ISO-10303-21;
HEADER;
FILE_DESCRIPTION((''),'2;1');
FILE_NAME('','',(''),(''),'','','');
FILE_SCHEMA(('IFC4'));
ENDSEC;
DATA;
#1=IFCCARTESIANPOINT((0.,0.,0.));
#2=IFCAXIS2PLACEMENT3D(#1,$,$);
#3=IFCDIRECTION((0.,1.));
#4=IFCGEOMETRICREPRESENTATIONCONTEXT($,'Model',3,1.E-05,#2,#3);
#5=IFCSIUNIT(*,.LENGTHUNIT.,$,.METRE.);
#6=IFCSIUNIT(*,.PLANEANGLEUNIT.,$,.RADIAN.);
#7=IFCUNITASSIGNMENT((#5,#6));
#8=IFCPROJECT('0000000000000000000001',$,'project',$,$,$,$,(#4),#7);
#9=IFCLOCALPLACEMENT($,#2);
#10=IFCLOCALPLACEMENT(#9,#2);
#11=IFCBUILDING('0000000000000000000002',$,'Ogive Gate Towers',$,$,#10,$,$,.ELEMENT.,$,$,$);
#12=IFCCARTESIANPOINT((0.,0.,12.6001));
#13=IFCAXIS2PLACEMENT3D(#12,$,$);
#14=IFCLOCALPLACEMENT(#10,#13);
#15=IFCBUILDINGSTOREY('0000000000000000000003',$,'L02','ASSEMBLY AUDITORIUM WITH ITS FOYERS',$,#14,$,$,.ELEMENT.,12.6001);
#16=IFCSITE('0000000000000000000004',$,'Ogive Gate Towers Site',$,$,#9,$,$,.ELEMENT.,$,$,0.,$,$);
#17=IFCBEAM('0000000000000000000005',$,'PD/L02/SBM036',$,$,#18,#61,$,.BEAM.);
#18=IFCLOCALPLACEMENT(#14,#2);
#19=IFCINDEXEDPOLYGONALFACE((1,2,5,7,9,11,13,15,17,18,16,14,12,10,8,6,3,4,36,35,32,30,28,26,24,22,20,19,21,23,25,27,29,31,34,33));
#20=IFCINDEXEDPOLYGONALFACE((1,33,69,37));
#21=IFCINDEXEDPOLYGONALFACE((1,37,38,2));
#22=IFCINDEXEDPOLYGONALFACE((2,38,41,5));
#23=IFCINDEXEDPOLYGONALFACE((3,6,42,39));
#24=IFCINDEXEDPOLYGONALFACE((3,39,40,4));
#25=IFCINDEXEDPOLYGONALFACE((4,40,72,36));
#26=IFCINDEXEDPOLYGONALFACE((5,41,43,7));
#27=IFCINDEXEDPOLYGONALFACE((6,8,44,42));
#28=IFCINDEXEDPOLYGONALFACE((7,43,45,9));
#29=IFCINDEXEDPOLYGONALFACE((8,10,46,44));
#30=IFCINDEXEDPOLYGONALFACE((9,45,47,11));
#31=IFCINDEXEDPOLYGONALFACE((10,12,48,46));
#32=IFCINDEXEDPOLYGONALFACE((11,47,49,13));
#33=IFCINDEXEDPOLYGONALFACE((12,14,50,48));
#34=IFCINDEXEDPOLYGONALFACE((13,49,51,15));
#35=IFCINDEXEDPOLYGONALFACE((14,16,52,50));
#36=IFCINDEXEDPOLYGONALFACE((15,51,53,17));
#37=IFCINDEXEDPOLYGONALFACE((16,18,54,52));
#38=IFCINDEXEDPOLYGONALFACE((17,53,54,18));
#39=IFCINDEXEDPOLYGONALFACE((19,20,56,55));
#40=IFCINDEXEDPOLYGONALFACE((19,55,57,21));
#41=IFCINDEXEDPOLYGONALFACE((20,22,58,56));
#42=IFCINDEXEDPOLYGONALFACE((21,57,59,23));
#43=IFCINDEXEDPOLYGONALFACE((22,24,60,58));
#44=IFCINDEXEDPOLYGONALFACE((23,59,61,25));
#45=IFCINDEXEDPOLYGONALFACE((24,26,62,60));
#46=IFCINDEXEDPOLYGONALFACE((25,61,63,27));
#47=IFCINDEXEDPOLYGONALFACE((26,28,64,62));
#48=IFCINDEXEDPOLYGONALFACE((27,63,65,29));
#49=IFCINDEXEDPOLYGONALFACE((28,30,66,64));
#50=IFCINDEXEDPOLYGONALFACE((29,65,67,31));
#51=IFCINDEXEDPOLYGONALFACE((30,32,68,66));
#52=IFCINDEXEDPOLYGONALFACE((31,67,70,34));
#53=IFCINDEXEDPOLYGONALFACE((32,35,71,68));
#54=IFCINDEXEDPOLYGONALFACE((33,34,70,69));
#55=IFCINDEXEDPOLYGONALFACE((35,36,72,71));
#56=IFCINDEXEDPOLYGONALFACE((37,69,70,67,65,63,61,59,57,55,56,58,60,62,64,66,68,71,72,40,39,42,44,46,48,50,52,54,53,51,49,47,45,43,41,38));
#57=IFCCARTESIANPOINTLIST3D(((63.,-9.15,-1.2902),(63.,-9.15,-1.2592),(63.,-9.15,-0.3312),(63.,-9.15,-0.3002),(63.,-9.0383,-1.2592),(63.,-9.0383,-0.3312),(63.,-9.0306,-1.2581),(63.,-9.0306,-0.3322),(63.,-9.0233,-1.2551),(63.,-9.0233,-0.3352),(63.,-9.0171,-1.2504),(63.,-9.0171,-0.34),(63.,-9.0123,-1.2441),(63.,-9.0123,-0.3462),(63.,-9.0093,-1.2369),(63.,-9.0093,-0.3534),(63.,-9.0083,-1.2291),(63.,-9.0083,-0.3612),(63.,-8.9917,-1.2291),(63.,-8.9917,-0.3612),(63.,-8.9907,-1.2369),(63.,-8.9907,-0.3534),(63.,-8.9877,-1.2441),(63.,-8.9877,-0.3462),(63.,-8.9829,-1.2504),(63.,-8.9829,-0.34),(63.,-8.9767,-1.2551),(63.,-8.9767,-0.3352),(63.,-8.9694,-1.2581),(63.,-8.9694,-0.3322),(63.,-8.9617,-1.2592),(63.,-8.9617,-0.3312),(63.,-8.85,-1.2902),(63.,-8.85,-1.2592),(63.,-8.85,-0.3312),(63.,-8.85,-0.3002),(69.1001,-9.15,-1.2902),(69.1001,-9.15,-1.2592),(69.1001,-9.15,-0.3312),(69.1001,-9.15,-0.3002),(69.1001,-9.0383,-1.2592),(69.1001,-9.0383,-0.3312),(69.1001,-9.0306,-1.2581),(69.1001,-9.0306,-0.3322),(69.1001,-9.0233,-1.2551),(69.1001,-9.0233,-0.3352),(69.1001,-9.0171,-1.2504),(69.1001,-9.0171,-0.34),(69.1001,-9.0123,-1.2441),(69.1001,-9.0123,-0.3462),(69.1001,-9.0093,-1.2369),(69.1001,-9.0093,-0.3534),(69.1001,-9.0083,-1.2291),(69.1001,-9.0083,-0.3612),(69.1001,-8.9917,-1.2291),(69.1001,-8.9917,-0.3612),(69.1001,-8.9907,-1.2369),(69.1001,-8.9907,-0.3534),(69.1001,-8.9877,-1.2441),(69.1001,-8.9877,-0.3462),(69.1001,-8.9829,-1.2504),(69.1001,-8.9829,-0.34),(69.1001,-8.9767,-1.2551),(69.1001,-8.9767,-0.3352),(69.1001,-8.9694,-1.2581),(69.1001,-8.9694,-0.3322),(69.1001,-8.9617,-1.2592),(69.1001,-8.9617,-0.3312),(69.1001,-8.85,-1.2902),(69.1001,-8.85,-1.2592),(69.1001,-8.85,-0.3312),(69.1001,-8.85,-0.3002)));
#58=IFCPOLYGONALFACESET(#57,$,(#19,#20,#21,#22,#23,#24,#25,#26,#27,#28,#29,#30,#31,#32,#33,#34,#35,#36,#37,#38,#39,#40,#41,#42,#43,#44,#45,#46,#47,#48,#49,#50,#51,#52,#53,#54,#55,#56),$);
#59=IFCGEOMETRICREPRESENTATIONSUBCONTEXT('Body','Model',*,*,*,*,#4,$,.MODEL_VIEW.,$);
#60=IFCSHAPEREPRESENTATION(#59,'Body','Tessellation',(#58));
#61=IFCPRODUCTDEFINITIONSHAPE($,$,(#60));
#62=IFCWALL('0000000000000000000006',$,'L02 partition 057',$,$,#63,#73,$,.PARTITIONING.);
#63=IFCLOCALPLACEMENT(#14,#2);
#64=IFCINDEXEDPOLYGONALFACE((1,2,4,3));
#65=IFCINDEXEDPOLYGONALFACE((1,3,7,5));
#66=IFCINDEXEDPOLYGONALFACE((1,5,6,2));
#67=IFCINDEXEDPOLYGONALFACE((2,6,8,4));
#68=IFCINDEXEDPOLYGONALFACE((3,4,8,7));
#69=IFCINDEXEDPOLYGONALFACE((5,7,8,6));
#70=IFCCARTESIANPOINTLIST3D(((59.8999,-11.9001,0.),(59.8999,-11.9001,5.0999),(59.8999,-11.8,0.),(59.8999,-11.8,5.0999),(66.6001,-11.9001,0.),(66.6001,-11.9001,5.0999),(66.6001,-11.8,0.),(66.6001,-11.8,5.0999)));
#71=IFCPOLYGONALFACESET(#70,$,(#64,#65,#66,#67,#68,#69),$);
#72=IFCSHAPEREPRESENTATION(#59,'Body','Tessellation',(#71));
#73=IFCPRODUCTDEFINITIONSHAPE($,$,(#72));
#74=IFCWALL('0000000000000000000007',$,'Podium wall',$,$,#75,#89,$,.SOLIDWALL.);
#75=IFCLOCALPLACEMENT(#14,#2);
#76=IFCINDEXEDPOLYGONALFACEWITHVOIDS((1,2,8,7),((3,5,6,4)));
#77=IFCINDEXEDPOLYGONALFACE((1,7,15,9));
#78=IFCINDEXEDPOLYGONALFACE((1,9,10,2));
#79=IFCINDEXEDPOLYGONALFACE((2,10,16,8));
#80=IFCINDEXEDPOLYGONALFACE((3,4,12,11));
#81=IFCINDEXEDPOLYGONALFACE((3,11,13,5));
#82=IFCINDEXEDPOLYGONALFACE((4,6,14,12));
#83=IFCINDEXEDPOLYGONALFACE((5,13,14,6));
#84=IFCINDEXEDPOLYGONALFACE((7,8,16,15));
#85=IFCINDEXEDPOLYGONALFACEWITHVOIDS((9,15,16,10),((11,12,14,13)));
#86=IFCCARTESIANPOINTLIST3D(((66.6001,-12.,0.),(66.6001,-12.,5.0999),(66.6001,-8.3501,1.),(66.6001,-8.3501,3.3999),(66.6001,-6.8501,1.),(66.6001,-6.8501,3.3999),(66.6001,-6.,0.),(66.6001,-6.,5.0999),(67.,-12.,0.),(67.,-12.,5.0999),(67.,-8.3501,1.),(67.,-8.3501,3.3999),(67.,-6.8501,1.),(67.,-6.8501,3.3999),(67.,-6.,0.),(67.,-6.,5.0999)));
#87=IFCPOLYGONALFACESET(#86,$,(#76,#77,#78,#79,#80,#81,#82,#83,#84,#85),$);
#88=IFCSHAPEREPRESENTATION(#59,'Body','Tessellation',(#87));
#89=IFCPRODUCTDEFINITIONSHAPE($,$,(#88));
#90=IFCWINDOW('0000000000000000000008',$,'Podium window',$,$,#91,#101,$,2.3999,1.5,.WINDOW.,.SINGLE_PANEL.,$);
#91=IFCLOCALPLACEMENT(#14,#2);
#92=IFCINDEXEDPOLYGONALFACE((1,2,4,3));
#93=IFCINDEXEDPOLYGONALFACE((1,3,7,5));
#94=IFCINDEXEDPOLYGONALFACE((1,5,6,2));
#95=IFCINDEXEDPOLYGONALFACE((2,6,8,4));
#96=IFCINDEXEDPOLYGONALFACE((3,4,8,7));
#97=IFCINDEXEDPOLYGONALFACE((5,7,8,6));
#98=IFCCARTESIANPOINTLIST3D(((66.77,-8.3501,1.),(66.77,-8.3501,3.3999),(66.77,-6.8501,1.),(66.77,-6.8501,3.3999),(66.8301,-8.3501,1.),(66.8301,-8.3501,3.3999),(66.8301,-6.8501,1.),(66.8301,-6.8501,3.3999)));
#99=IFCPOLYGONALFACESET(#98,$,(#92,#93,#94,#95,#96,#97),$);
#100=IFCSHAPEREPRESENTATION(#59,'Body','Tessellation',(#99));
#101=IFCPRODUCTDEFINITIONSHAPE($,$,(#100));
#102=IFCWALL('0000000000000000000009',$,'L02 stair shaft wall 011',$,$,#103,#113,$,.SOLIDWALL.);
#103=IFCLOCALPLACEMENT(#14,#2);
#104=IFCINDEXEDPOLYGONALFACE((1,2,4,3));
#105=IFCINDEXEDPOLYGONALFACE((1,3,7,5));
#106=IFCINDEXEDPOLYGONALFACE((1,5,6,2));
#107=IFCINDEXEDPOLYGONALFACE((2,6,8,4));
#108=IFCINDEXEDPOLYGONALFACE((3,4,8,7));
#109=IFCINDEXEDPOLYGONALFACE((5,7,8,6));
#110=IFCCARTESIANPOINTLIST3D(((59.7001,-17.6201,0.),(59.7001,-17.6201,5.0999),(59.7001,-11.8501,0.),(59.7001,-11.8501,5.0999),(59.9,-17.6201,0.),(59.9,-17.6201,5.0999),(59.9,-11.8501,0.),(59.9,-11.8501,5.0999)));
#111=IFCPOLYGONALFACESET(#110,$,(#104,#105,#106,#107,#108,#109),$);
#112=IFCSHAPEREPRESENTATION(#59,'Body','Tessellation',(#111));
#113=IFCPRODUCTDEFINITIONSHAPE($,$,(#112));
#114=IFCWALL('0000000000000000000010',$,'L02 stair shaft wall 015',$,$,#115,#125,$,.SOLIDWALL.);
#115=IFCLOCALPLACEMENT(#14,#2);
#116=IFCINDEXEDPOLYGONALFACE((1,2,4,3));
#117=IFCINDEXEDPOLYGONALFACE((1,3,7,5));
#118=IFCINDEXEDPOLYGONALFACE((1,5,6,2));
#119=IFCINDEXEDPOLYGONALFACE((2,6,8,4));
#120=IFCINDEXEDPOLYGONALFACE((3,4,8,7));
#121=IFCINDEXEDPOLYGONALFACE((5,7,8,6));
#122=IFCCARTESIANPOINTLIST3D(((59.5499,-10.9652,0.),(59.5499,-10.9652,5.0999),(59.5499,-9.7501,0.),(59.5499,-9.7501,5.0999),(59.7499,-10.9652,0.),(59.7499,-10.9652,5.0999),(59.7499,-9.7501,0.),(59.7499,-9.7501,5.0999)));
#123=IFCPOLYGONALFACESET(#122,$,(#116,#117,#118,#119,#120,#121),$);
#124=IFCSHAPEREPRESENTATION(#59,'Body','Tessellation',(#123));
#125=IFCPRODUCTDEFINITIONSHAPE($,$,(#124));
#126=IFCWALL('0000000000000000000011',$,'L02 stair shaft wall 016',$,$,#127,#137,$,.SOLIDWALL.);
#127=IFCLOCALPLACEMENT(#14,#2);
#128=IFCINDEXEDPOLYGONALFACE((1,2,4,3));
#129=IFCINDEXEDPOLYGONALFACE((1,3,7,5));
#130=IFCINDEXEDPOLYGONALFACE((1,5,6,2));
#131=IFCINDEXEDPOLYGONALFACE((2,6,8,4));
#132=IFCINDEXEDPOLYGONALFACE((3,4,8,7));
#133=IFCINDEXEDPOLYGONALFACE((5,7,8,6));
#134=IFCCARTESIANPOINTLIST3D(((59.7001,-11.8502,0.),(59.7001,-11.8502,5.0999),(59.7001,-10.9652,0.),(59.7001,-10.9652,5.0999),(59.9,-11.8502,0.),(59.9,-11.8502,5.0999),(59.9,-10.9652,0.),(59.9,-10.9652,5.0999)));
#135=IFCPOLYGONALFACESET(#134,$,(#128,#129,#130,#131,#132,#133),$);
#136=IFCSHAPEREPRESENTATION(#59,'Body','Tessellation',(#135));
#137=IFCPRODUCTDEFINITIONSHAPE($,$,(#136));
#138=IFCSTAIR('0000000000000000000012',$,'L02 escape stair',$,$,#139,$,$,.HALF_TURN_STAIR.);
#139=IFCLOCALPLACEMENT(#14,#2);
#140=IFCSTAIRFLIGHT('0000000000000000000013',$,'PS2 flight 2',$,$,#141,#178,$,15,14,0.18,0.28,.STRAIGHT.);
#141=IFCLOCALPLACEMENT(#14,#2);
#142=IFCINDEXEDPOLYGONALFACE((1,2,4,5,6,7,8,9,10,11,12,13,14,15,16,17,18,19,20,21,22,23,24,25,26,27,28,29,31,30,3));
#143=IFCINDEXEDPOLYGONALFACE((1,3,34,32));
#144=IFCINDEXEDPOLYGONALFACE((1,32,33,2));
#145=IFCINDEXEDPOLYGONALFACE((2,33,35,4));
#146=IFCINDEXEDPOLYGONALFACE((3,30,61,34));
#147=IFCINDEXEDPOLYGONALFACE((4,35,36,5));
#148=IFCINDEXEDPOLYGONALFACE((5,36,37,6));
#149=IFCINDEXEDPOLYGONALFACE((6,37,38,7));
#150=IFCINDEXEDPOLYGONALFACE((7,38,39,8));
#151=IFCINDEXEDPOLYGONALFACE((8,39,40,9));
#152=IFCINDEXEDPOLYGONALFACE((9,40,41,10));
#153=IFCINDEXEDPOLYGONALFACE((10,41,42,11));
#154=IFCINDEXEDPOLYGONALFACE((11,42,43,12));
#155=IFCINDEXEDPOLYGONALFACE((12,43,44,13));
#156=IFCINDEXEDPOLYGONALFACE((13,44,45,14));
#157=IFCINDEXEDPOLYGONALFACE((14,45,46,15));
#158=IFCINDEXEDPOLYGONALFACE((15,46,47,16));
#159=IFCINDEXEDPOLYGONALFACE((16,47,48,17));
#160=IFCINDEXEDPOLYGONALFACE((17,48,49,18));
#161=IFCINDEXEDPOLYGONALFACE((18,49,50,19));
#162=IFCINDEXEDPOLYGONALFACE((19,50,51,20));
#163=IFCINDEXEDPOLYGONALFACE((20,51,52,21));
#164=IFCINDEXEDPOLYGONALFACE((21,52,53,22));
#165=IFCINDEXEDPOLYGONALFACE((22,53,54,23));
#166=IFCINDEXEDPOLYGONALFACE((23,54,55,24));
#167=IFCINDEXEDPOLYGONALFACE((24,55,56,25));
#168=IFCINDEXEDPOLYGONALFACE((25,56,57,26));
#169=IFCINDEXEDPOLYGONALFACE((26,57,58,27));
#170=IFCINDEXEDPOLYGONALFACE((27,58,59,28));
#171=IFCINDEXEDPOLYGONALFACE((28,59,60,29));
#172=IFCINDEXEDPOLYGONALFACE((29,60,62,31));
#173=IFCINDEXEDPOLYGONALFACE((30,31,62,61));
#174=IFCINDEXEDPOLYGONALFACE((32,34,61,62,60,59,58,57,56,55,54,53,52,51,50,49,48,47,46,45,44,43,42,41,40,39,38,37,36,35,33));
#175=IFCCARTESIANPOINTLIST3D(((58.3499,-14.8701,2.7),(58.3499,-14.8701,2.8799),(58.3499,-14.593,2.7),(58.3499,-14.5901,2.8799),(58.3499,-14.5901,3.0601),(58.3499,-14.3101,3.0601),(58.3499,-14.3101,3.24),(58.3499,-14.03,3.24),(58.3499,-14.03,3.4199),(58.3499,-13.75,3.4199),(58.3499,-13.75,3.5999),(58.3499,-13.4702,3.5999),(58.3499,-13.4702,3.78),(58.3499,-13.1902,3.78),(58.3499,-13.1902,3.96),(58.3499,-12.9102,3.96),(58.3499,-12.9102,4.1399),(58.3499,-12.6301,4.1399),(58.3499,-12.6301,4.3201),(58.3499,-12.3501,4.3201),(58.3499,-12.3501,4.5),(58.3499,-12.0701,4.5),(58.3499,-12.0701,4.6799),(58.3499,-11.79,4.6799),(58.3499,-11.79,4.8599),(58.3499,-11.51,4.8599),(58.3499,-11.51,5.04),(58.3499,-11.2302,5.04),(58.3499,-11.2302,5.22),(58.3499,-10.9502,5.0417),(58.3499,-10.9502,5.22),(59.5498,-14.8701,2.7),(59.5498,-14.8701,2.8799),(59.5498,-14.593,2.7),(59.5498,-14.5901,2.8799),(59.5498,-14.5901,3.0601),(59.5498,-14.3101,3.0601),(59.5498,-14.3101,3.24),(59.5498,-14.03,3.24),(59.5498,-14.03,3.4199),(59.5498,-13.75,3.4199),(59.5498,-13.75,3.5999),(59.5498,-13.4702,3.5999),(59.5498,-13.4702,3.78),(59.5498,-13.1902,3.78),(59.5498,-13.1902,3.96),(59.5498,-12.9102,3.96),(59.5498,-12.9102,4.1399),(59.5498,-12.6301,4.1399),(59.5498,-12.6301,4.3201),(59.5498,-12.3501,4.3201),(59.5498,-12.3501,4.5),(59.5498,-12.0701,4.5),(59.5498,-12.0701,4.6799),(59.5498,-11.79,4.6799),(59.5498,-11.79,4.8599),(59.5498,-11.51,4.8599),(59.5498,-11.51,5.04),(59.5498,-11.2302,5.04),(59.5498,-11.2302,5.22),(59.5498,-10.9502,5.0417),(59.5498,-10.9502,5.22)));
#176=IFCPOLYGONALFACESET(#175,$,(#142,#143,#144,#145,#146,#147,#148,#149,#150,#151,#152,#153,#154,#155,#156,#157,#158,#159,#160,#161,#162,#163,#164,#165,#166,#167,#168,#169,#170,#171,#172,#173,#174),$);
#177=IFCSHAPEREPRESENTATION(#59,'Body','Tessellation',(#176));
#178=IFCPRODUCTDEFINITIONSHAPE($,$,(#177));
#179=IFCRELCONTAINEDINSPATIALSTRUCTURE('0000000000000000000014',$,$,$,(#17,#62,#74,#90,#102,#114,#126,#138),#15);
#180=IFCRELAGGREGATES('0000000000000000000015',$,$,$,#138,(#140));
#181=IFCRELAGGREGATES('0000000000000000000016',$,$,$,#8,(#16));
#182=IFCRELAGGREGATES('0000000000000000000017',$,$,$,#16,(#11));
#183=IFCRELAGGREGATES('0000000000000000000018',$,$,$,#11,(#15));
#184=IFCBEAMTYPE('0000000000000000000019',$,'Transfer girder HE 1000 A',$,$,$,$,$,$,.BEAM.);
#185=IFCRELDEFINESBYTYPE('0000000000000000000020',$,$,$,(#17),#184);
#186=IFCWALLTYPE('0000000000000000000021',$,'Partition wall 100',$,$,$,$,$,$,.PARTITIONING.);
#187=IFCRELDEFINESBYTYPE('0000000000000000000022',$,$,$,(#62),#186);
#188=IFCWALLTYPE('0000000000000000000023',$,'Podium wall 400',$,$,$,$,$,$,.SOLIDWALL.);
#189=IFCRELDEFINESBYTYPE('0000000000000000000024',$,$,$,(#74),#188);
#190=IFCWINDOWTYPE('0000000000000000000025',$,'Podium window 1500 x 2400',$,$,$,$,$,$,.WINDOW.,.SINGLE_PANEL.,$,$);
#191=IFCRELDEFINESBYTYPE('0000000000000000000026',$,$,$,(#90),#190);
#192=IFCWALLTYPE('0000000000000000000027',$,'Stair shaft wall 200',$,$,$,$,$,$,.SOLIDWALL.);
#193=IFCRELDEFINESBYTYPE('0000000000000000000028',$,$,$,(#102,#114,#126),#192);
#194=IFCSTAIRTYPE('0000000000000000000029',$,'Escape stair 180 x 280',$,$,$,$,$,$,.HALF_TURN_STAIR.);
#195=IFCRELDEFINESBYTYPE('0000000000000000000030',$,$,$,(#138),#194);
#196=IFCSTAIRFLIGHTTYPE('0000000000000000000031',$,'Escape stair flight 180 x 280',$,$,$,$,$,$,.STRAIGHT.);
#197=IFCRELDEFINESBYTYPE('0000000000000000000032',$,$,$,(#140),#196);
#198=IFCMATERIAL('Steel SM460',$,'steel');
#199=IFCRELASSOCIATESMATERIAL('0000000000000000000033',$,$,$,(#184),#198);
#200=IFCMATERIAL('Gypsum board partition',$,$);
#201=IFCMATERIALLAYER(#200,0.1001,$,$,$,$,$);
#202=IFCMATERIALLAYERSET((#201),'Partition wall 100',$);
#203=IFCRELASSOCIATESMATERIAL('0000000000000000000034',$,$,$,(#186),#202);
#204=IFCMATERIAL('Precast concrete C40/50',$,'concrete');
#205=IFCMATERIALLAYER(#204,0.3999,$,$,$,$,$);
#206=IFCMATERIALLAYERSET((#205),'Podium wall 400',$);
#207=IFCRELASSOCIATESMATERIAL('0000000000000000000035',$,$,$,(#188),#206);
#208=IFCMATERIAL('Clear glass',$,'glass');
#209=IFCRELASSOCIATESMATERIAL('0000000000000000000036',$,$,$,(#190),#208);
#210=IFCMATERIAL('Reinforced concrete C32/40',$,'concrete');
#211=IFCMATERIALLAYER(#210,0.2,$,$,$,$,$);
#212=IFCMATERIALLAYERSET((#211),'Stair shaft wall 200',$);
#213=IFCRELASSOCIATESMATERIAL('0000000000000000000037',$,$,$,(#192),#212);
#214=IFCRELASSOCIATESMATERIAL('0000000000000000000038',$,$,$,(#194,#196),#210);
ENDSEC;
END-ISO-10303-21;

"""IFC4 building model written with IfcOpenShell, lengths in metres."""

from ifc_helpers import new_model, si_unit, direction, frame, frame_2d, origin, origin_2d, place, context, subcontext, project, spatial, polyline, rectangle, i_section, outline, extrude, material, layer, layer_set, material_profile, profile_set, type_object, element, fill, aggregate, save


model = new_model("IFC4")

# Units and contexts
model_context = context("Model", 3, precision=1e-05, world=origin(), true_north=direction((0.0, 1.0)))
body_context = subcontext(model_context, "Body", "Model", "MODEL_VIEW")
ifc_project = project(units=[si_unit("LENGTHUNIT", "METRE"), si_unit("PLANEANGLEUNIT", "RADIAN")], contexts=[model_context])

# Site, building, storey
site_placement = place(None, origin())
site = spatial("IfcSite", under=ifc_project, at=site_placement, Name="Ogive Gate Towers Site", CompositionType="ELEMENT", RefElevation=0.0)
building_placement = place(site_placement, origin())
building = spatial("IfcBuilding", under=site, at=building_placement, Name="Ogive Gate Towers", CompositionType="ELEMENT")
storey_placement = place(building_placement, frame((0.0, 0.0, 12.6001)))
storey = spatial("IfcBuildingStorey", under=building, at=storey_placement, Name="L02", Description="ASSEMBLY AUDITORIUM WITH ITS FOYERS", CompositionType="ELEMENT", Elevation=12.6001)

# Beam
ifc_material_1 = material(Name="Steel SM460", Category="steel")
ifc_material_profile_1 = material_profile(ifc_material_1, i_section(OverallWidth=0.3, OverallDepth=0.99, WebThickness=0.0166, FlangeThickness=0.031, FilletRadius=0.03, at=origin_2d()), Name="HE 1000 A")
ifc_profile_set_1 = profile_set([ifc_material_profile_1], Name="Steel SM460")
beam_type_1 = type_object("IfcBeamType", Name="Transfer girder HE 1000 A", PredefinedType="BEAM", material=ifc_profile_set_1)
beam_1_placement = place(storey_placement, frame((63.0, -9.0, -0.7952), z_axis=(1.0, 0.0, 0.0), x_axis=(0.0, 1.0, 0.0)))
element("IfcBeam", 1, at=beam_1_placement, inside=storey, type_object=beam_type_1, Name="PD/L02/SBM036", PredefinedType="BEAM", context=body_context, shape_type="SweptSolid", body=[
    extrude(i_section(OverallWidth=0.3, OverallDepth=0.99, WebThickness=0.0166, FlangeThickness=0.031, FilletRadius=0.03, at=origin_2d()), origin(), (0.0, 0.0, 1.0), 6.1001),
])

# Wall
ifc_material_2 = material(Name="Gypsum board partition")
ifc_layer_1 = layer(ifc_material_2, 0.1001)
ifc_layer_set_1 = layer_set([ifc_layer_1], Name="Partition wall 100")
wall_type_1 = type_object("IfcWallType", Name="Partition wall 100", PredefinedType="PARTITIONING", material=ifc_layer_set_1)
wall_1_placement = place(storey_placement, frame((59.8999, -11.8501, 0.0), z_axis=(0.0, 0.0, 1.0), x_axis=(1.0, 0.0, 0.0)))
element("IfcWall", 2, at=wall_1_placement, inside=storey, type_object=wall_type_1, Name="L02 partition 057", PredefinedType="PARTITIONING", context=body_context, shape_type="SweptSolid", body=[
    extrude(rectangle(XDim=6.7002, YDim=0.1001, at=frame_2d((3.3501, 0.0))), origin(), (0.0, 0.0, 1.0), 5.0999),
])

# Wall, opening, window
ifc_material_3 = material(Name="Precast concrete C40/50", Category="concrete")
ifc_layer_2 = layer(ifc_material_3, 0.3999)
ifc_layer_set_2 = layer_set([ifc_layer_2], Name="Podium wall 400")
wall_type_2 = type_object("IfcWallType", Name="Podium wall 400", PredefinedType="SOLIDWALL", material=ifc_layer_set_2)
wall_2_placement = place(storey_placement, frame((66.8, -12.0, 0.0), z_axis=(0.0, 0.0, 1.0), x_axis=(0.0, 1.0, 0.0)))
wall_2 = element("IfcWall", 3, at=wall_2_placement, inside=storey, type_object=wall_type_2, Name="Podium wall", PredefinedType="SOLIDWALL", context=body_context, shape_type="SweptSolid", body=[
    extrude(rectangle(XDim=6.0, YDim=0.3999, at=frame_2d((3.0, 0.0))), origin(), (0.0, 0.0, 1.0), 5.0999),
])
opening_1_placement = place(wall_2_placement, frame((3.6499, 0.0, 1.0)))
opening_1 = element("IfcOpeningElement", 4, at=opening_1_placement, cuts=wall_2, PredefinedType="OPENING", context=body_context, shape_type="SweptSolid", body=[
    extrude(rectangle(XDim=1.5, YDim=2.3999, at=frame_2d((0.75, 1.2))), frame((0.0, 0.21, 0.0), z_axis=(0.0, -1.0, 0.0), x_axis=(1.0, 0.0, 0.0)), (0.0, 0.0, 1.0), 0.4199),
])
ifc_material_4 = material(Name="Clear glass", Category="glass")
window_type = type_object("IfcWindowType", Name="Podium window 1500 x 2400", PartitioningType="SINGLE_PANEL", PredefinedType="WINDOW", material=ifc_material_4)
window_placement = place(opening_1_placement, origin())
window = element("IfcWindow", 5, at=window_placement, inside=storey, type_object=window_type, Name="Podium window", OverallHeight=2.3999, OverallWidth=1.5, PartitioningType="SINGLE_PANEL", PredefinedType="WINDOW", context=body_context, shape_type="SweptSolid", body=[
    extrude(rectangle(XDim=1.5, YDim=2.3999, at=frame_2d((0.75, 1.2))), frame((0.0, 0.03, 0.0), z_axis=(0.0, -1.0, 0.0), x_axis=(1.0, 0.0, 0.0)), (0.0, 0.0, 1.0), 0.0601),
])
fill(opening_1, window)

# Walls
ifc_material_5 = material(Name="Reinforced concrete C32/40", Category="concrete")
ifc_layer_3 = layer(ifc_material_5, 0.2)
ifc_layer_set_3 = layer_set([ifc_layer_3], Name="Stair shaft wall 200")
wall_type_3 = type_object("IfcWallType", Name="Stair shaft wall 200", PredefinedType="SOLIDWALL", material=ifc_layer_set_3)
wall_3_placement = place(storey_placement, frame((59.8, -17.6201, 0.0), z_axis=(0.0, 0.0, 1.0), x_axis=(0.0, 1.0, 0.0)))
element("IfcWall", 6, at=wall_3_placement, inside=storey, type_object=wall_type_3, Name="L02 stair shaft wall 011", PredefinedType="SOLIDWALL", context=body_context, shape_type="SweptSolid", body=[
    extrude(rectangle(XDim=5.77, YDim=0.2, at=frame_2d((2.885, 0.0))), origin(), (0.0, 0.0, 1.0), 5.0999),
])
wall_4_placement = place(storey_placement, frame((59.6499, -10.9651, 0.0), z_axis=(0.0, 0.0, 1.0), x_axis=(0.0, 1.0, 0.0)))
element("IfcWall", 7, at=wall_4_placement, inside=storey, type_object=wall_type_3, Name="L02 stair shaft wall 015", PredefinedType="SOLIDWALL", context=body_context, shape_type="SweptSolid", body=[
    extrude(rectangle(XDim=1.2151, YDim=0.2, at=frame_2d((0.6074, 0.0))), origin(), (0.0, 0.0, 1.0), 5.0999),
])
wall_5_placement = place(storey_placement, frame((59.8, -11.8501, 0.0), z_axis=(0.0, 0.0, 1.0), x_axis=(0.0, 1.0, 0.0)))
element("IfcWall", 8, at=wall_5_placement, inside=storey, type_object=wall_type_3, Name="L02 stair shaft wall 016", PredefinedType="SOLIDWALL", context=body_context, shape_type="SweptSolid", body=[
    extrude(rectangle(XDim=0.885, YDim=0.2, at=frame_2d((0.4424, 0.0))), origin(), (0.0, 0.0, 1.0), 5.0999),
])

# Stair, stair flight
stair_type = type_object("IfcStairType", Name="Escape stair 180 x 280", PredefinedType="HALF_TURN_STAIR", material=ifc_material_5)
stair_placement = place(storey_placement, origin())
stair = element("IfcStair", 9, at=stair_placement, inside=storey, type_object=stair_type, Name="L02 escape stair", PredefinedType="HALF_TURN_STAIR")
stair_flight_type = type_object("IfcStairFlightType", Name="Escape stair flight 180 x 280", PredefinedType="STRAIGHT", material=ifc_material_5)
stair_flight_placement = place(storey_placement, frame((58.95, -14.8701, 2.7), z_axis=(0.0, 0.0, 1.0), x_axis=(0.0, 1.0, 0.0)))
stair_flight = element("IfcStairFlight", 10, at=stair_flight_placement, type_object=stair_flight_type, Name="PS2 flight 2", NumberOfRisers=15, NumberOfTreads=14, PredefinedType="STRAIGHT", RiserHeight=0.18, TreadLength=0.28, context=body_context, shape_type="SweptSolid", body=[
    extrude(outline(polyline([(0.0, 0.0), (0.0, 0.1799), (0.28, 0.1799), (0.28, 0.3601), (0.5601, 0.3601), (0.5601, 0.54), (0.8401, 0.54), (0.8401, 0.72), (1.1201, 0.72), (1.1201, 0.8999), (1.3999, 0.8999), (1.3999, 1.0801), (1.6799, 1.0801), (1.6799, 1.26), (1.96, 1.26), (1.96, 1.4399), (2.24, 1.4399), (2.24, 1.6201), (2.52, 1.6201), (2.52, 1.8), (2.8, 1.8), (2.8, 1.98), (3.0801, 1.98), (3.0801, 2.1599), (3.3601, 2.1599), (3.3601, 2.3401), (3.6399, 2.3401), (3.6399, 2.52), (3.9199, 2.52), (3.9199, 2.7), (3.9199, 2.3418), (0.2771, 0.0), (0.0, 0.0)])), frame((0.0, 0.6001, 0.0), z_axis=(0.0, -1.0, 0.0), x_axis=(1.0, 0.0, 0.0)), (0.0, 0.0, 1.0), 1.2),
])
aggregate(stair, [stair_flight])

save(model, "model.ifc")
